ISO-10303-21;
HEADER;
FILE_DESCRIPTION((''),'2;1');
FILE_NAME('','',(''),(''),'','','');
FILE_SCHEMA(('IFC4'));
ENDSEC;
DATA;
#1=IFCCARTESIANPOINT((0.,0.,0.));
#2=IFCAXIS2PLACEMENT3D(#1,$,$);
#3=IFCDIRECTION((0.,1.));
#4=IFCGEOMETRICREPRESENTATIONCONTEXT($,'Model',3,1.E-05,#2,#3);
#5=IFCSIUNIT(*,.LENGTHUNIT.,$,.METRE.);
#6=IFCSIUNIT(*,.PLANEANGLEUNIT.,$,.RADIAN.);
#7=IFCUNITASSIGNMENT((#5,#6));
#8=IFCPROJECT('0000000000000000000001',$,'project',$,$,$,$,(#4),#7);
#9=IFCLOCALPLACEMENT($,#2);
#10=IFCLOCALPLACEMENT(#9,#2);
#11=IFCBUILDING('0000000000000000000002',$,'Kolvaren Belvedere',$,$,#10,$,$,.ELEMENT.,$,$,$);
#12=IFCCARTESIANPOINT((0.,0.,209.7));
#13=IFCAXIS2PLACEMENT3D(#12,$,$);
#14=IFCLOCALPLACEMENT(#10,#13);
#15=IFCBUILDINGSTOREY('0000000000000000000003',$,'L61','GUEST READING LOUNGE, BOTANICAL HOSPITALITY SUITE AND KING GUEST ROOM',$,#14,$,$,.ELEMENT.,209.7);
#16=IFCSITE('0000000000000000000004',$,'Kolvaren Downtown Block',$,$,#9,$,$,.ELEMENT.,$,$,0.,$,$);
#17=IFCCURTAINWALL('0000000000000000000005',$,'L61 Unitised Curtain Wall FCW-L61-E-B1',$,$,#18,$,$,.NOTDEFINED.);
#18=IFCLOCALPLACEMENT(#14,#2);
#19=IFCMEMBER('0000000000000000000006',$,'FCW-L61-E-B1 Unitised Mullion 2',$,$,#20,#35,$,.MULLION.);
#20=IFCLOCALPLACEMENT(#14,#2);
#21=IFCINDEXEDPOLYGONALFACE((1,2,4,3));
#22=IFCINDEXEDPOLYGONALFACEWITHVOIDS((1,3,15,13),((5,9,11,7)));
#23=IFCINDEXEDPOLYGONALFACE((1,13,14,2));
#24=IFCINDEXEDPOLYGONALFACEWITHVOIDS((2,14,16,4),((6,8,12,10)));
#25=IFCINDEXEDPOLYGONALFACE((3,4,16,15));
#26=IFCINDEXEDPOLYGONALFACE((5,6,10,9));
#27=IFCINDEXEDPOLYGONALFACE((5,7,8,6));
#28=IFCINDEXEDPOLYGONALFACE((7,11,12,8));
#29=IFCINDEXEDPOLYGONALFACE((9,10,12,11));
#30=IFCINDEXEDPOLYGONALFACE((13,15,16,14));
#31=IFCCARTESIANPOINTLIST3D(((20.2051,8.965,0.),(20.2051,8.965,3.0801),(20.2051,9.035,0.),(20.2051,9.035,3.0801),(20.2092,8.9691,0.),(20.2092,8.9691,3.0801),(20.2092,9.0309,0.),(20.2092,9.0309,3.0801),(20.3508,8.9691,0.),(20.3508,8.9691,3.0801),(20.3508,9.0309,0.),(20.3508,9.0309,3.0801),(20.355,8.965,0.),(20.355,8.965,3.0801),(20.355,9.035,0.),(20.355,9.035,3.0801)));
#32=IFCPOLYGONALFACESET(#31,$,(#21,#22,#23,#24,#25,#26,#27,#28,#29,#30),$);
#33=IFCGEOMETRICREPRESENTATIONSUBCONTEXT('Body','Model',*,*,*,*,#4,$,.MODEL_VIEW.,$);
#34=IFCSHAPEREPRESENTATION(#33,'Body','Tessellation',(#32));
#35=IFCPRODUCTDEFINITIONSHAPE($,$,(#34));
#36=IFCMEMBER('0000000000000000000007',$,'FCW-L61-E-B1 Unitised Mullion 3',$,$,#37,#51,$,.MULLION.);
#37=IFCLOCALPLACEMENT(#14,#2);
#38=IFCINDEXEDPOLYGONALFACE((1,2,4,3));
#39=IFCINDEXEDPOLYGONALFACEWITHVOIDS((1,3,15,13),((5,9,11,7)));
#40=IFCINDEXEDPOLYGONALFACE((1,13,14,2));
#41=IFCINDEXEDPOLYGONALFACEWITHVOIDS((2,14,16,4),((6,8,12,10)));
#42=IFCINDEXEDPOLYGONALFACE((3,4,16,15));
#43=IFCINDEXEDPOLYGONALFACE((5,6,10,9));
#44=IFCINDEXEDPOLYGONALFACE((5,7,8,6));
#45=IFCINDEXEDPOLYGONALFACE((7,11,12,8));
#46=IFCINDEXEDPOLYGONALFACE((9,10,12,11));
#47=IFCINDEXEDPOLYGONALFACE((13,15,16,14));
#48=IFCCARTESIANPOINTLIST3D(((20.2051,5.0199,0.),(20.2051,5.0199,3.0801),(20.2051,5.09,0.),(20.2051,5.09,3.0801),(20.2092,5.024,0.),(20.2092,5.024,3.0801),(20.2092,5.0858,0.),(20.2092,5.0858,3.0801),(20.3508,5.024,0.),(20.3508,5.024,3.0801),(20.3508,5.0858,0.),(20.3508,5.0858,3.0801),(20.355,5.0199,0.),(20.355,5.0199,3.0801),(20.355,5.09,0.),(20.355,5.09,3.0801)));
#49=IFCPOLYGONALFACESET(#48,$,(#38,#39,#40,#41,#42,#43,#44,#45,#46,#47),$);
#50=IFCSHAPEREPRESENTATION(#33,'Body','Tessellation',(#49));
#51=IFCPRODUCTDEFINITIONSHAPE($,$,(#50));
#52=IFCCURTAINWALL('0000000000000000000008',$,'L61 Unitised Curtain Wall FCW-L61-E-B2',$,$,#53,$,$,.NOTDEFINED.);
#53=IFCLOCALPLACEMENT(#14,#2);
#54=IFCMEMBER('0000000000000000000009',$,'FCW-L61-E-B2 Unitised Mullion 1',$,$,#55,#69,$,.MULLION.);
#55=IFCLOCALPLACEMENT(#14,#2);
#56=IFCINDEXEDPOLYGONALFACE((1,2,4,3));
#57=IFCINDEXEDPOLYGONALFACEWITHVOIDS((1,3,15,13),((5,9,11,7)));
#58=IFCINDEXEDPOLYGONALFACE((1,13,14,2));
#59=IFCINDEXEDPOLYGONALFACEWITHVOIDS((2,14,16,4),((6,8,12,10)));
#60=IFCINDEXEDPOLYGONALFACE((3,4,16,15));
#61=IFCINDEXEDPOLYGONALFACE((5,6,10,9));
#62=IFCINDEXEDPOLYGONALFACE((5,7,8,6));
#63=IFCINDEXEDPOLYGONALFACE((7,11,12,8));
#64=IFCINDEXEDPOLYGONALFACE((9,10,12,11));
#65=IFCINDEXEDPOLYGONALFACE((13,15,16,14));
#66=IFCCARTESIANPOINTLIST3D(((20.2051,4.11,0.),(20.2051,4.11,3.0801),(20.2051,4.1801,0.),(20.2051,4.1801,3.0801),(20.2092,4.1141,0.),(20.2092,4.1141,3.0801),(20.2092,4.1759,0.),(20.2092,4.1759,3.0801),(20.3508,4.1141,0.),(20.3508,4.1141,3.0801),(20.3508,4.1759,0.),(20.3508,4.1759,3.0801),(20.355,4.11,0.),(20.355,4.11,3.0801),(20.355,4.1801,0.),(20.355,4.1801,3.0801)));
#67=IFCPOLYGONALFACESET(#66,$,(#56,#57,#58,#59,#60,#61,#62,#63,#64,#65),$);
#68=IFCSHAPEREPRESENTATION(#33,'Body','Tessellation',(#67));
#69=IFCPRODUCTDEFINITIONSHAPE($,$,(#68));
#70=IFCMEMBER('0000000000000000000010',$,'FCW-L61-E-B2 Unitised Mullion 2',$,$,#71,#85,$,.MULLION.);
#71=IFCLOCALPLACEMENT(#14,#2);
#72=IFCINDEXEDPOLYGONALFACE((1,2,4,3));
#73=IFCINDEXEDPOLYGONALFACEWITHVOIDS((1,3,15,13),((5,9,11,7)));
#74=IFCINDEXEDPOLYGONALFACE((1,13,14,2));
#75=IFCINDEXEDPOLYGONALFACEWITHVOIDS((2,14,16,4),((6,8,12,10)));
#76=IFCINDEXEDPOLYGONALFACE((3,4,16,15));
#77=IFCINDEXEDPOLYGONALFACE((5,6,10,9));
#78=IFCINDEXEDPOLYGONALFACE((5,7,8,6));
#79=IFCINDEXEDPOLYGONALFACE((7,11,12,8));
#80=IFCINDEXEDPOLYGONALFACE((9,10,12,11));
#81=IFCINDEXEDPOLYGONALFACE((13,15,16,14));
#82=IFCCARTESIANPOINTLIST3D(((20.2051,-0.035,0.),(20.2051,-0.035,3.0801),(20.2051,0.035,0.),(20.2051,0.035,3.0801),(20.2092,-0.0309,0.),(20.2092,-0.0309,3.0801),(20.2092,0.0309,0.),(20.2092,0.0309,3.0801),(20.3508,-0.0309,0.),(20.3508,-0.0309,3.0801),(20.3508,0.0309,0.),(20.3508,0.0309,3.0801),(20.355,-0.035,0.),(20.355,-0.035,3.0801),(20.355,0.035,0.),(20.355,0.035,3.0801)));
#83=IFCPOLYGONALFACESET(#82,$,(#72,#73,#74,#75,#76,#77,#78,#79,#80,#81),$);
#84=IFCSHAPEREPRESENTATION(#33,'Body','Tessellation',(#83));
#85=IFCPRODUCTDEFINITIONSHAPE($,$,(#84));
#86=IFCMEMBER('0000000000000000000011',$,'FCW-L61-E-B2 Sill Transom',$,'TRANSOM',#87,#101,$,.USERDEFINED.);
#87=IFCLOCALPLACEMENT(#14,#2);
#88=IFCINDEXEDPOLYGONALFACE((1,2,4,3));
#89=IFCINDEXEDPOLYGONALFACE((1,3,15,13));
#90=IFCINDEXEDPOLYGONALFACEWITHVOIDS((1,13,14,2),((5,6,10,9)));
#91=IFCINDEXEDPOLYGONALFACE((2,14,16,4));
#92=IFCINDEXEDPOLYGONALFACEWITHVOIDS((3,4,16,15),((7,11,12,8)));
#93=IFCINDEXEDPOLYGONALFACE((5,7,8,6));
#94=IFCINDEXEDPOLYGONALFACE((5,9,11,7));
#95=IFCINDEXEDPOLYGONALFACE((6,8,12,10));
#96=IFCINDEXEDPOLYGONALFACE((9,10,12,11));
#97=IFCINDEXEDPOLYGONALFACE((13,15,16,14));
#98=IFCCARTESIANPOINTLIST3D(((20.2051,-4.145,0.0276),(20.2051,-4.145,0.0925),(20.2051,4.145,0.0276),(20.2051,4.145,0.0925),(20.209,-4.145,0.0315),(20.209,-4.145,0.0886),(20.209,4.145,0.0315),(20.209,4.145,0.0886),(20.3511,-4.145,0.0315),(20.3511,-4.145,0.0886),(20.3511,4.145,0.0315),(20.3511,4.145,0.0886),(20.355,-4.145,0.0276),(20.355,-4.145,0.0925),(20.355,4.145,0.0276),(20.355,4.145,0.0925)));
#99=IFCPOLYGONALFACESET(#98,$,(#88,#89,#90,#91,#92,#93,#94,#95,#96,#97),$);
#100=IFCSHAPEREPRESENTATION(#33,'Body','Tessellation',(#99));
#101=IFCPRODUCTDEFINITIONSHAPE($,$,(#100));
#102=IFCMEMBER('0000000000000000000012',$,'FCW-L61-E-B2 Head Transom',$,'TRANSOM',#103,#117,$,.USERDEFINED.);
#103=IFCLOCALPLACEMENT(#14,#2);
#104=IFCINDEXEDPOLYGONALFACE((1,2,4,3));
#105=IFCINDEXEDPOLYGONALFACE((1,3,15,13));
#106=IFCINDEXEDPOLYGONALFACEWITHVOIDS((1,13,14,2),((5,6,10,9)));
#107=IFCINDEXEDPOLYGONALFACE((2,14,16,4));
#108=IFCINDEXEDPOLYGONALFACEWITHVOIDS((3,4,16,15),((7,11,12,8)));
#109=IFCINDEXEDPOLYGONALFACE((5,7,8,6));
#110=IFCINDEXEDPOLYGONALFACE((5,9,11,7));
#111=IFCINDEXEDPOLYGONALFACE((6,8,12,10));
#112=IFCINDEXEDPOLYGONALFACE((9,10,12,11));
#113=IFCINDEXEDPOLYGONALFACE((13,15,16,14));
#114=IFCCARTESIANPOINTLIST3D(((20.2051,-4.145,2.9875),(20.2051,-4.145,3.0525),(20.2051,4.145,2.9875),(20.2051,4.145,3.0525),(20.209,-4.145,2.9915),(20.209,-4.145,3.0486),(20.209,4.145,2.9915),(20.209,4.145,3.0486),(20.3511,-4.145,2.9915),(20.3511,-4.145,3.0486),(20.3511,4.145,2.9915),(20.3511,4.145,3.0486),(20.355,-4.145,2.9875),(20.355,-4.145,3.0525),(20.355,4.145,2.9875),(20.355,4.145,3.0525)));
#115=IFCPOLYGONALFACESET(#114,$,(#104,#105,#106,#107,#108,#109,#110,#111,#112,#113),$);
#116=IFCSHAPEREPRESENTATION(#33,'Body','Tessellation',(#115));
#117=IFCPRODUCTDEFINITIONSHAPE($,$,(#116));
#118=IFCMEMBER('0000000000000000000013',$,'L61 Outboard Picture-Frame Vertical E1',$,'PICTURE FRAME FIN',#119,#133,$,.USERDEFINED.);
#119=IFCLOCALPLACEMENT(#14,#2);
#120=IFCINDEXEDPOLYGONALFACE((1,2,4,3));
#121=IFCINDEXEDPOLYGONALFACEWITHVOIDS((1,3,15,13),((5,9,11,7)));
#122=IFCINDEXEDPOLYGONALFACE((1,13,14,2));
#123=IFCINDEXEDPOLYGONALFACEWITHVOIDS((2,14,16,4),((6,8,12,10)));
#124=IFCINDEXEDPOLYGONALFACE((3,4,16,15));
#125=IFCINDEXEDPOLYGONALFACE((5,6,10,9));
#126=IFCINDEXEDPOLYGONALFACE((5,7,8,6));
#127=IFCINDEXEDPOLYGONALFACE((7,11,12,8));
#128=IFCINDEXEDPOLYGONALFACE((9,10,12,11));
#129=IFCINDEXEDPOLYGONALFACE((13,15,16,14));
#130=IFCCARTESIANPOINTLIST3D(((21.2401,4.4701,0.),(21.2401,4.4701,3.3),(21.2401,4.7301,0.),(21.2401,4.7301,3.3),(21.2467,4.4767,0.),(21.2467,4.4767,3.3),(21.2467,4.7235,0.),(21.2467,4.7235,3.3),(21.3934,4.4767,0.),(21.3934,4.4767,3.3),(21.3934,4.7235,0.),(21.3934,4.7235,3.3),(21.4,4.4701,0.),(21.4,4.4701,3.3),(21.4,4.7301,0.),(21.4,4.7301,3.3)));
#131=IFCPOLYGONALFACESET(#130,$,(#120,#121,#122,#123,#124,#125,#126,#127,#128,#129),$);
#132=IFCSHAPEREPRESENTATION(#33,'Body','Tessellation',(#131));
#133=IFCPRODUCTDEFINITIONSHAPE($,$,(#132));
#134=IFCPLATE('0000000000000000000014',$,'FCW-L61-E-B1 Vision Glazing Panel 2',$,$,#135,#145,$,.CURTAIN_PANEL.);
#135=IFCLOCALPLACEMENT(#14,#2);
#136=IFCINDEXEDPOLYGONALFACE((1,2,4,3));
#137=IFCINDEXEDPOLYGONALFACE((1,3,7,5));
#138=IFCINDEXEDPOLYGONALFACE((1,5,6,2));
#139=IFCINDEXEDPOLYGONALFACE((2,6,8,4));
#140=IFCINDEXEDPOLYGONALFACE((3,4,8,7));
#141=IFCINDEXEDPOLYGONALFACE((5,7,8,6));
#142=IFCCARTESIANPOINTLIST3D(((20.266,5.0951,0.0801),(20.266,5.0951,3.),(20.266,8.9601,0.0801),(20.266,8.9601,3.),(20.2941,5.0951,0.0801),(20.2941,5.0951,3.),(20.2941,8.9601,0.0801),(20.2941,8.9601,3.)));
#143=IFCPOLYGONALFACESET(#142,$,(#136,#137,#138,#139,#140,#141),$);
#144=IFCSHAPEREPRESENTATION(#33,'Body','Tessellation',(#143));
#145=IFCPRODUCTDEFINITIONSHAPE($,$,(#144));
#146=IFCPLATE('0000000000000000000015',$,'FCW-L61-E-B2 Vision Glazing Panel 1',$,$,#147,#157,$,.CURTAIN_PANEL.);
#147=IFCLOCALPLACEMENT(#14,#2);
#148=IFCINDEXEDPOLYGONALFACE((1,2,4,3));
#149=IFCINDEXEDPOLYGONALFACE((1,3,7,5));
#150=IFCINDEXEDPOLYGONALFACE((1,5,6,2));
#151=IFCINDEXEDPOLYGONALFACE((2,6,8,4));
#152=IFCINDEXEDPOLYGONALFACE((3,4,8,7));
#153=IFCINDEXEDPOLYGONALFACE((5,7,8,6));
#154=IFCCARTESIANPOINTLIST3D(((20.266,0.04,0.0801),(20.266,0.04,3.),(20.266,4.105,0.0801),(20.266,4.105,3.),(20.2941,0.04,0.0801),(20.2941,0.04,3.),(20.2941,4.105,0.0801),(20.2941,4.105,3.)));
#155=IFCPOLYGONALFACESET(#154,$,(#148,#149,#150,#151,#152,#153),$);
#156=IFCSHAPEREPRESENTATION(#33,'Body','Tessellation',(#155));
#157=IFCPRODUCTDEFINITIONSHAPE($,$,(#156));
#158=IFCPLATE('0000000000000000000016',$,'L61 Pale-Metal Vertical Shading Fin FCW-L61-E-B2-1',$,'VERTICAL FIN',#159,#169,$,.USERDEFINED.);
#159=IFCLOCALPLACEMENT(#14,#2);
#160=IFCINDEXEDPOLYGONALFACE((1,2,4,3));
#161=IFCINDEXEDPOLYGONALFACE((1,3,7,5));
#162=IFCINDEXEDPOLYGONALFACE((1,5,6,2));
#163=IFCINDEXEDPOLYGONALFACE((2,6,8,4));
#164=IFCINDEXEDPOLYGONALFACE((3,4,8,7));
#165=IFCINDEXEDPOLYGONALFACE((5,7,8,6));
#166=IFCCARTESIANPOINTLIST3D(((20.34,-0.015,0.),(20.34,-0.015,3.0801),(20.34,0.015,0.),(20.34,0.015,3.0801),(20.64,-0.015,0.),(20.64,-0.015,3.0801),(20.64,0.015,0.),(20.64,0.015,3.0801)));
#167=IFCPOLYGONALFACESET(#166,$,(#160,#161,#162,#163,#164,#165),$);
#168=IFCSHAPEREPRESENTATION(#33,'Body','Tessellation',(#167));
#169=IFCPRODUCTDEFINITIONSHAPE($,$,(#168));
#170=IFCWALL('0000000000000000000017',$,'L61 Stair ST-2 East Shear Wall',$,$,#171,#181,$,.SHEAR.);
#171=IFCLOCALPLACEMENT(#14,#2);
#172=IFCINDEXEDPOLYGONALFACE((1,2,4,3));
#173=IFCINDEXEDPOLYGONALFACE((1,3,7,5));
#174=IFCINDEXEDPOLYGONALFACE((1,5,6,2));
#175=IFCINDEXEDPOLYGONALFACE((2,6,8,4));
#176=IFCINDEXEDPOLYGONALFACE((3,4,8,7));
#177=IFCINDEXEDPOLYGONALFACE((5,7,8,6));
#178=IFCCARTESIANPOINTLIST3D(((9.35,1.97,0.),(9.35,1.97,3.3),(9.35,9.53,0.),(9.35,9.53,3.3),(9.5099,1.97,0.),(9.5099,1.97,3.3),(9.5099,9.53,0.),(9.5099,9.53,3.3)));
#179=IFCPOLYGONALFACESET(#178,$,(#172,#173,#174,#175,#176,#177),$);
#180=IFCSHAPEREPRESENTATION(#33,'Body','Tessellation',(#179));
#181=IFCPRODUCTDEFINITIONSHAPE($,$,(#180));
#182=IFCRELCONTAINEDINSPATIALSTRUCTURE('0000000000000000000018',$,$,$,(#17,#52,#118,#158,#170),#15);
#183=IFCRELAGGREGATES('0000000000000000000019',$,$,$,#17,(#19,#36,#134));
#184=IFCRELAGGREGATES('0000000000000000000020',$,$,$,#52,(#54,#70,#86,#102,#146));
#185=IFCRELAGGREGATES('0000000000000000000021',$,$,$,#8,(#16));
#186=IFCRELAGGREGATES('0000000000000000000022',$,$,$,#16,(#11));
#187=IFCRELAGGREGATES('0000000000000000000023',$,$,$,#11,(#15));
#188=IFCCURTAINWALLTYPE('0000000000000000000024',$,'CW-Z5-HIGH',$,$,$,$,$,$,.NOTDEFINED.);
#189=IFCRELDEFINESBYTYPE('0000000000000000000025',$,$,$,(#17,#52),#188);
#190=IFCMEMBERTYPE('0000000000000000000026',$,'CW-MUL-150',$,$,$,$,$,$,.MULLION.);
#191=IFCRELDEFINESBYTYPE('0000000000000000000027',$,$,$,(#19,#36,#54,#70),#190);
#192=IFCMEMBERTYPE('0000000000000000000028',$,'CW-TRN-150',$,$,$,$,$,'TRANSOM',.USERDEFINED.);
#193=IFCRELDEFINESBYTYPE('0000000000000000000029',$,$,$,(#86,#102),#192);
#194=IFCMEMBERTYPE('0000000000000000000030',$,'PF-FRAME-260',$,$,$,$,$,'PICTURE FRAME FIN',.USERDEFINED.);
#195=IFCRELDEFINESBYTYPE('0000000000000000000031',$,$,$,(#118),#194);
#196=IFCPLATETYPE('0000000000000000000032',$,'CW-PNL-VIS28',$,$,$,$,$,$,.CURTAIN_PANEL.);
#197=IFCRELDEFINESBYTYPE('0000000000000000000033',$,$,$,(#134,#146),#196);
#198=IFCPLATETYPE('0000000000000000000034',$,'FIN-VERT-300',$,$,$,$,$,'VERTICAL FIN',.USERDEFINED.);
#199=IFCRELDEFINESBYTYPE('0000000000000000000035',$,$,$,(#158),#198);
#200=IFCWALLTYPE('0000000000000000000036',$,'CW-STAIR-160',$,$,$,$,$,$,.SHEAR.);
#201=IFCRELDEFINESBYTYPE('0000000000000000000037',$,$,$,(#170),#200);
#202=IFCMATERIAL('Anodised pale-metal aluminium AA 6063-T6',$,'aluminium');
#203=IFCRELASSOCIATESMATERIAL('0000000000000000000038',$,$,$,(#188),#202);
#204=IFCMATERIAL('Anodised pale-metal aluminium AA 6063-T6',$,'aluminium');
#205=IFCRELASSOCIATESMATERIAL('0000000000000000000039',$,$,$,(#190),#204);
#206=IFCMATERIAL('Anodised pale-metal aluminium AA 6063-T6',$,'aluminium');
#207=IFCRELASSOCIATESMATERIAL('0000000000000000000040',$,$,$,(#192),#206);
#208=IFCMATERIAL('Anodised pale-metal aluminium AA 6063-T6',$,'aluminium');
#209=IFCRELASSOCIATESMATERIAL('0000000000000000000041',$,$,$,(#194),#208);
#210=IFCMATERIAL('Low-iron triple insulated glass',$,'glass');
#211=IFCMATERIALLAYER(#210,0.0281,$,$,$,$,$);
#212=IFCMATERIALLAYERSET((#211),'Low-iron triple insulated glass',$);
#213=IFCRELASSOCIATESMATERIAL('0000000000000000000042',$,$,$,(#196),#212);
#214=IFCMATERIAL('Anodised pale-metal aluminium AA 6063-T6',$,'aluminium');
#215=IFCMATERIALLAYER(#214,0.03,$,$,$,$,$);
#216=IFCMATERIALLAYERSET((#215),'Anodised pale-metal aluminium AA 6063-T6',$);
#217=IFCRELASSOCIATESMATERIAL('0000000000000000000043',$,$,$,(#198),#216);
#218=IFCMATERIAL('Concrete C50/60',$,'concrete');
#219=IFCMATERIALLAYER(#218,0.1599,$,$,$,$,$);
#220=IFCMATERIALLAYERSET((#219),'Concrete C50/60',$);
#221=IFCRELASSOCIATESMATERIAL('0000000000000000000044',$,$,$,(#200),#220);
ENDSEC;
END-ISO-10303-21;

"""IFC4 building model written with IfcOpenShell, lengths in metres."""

from ifc_helpers import new_model, si_unit, direction, frame, frame_2d, origin, origin_2d, place, context, subcontext, project, spatial, rectangle, hollow_rectangle, extrude, material, layer, layer_set, material_profile, profile_set, type_object, element, aggregate, save


model = new_model("IFC4")

# Units and contexts
model_context = context("Model", 3, precision=1e-05, world=origin(), true_north=direction((0.0, 1.0)))
body_context = subcontext(model_context, "Body", "Model", "MODEL_VIEW")
ifc_project = project(units=[si_unit("LENGTHUNIT", "METRE"), si_unit("PLANEANGLEUNIT", "RADIAN")], contexts=[model_context])

# Site, building, storey
site_placement = place(None, origin())
site = spatial("IfcSite", under=ifc_project, at=site_placement, Name="Kolvaren Downtown Block", CompositionType="ELEMENT", RefElevation=0.0)
building_placement = place(site_placement, origin())
building = spatial("IfcBuilding", under=site, at=building_placement, Name="Kolvaren Belvedere", CompositionType="ELEMENT")
storey_placement = place(building_placement, frame((0.0, 0.0, 209.7)))
storey = spatial("IfcBuildingStorey", under=building, at=storey_placement, Name="L61", Description="GUEST READING LOUNGE, BOTANICAL HOSPITALITY SUITE AND KING GUEST ROOM", CompositionType="ELEMENT", Elevation=209.7)

# Curtain walls, members
ifc_material_1 = material(Name="Anodised pale-metal aluminium AA 6063-T6", Category="aluminium")
curtain_wall_type = type_object("IfcCurtainWallType", Name="CW-Z5-HIGH", PredefinedType="NOTDEFINED", material=ifc_material_1)
curtain_wall_1_placement = place(storey_placement, origin())
curtain_wall_1 = element("IfcCurtainWall", 1, at=curtain_wall_1_placement, inside=storey, type_object=curtain_wall_type, Name="L61 Unitised Curtain Wall FCW-L61-E-B1", PredefinedType="NOTDEFINED")
ifc_material_2 = material(Name="Anodised pale-metal aluminium AA 6063-T6", Category="aluminium")
ifc_material_profile_1 = material_profile(ifc_material_2, hollow_rectangle(XDim=0.0701, YDim=0.1499, WallThickness=0.0042, at=origin_2d()), Name="ALU-MUL-150X70")
ifc_profile_set_1 = profile_set([ifc_material_profile_1], Name="Anodised pale-metal aluminium AA 6063-T6")
member_type_1 = type_object("IfcMemberType", Name="CW-MUL-150", PredefinedType="MULLION", material=ifc_profile_set_1)
member_1_placement = place(storey_placement, frame((20.28, 9.0, 0.0), z_axis=(0.0, 0.0, 1.0), x_axis=(0.0, 1.0, 0.0)))
member_1 = element("IfcMember", 2, at=member_1_placement, type_object=member_type_1, Name="FCW-L61-E-B1 Unitised Mullion 2", PredefinedType="MULLION", context=body_context, shape_type="SweptSolid", body=[
    extrude(hollow_rectangle(XDim=0.0701, YDim=0.1499, WallThickness=0.0042, at=origin_2d()), origin(), (0.0, 0.0, 1.0), 3.0801),
])
member_2_placement = place(storey_placement, frame((20.28, 5.0549, 0.0), z_axis=(0.0, 0.0, 1.0), x_axis=(0.0, 1.0, 0.0)))
member_2 = element("IfcMember", 3, at=member_2_placement, type_object=member_type_1, Name="FCW-L61-E-B1 Unitised Mullion 3", PredefinedType="MULLION", context=body_context, shape_type="SweptSolid", body=[
    extrude(hollow_rectangle(XDim=0.0701, YDim=0.1499, WallThickness=0.0042, at=origin_2d()), origin(), (0.0, 0.0, 1.0), 3.0801),
])
curtain_wall_2_placement = place(storey_placement, origin())
curtain_wall_2 = element("IfcCurtainWall", 4, at=curtain_wall_2_placement, inside=storey, type_object=curtain_wall_type, Name="L61 Unitised Curtain Wall FCW-L61-E-B2", PredefinedType="NOTDEFINED")
member_3_placement = place(storey_placement, frame((20.28, 4.145, 0.0), z_axis=(0.0, 0.0, 1.0), x_axis=(0.0, 1.0, 0.0)))
member_3 = element("IfcMember", 5, at=member_3_placement, type_object=member_type_1, Name="FCW-L61-E-B2 Unitised Mullion 1", PredefinedType="MULLION", context=body_context, shape_type="SweptSolid", body=[
    extrude(hollow_rectangle(XDim=0.0701, YDim=0.1499, WallThickness=0.0042, at=origin_2d()), origin(), (0.0, 0.0, 1.0), 3.0801),
])
member_4_placement = place(storey_placement, frame((20.28, 0.0, 0.0), z_axis=(0.0, 0.0, 1.0), x_axis=(0.0, 1.0, 0.0)))
member_4 = element("IfcMember", 6, at=member_4_placement, type_object=member_type_1, Name="FCW-L61-E-B2 Unitised Mullion 2", PredefinedType="MULLION", context=body_context, shape_type="SweptSolid", body=[
    extrude(hollow_rectangle(XDim=0.0701, YDim=0.1499, WallThickness=0.0042, at=origin_2d()), origin(), (0.0, 0.0, 1.0), 3.0801),
])
ifc_material_3 = material(Name="Anodised pale-metal aluminium AA 6063-T6", Category="aluminium")
ifc_material_profile_2 = material_profile(ifc_material_3, hollow_rectangle(XDim=0.0649, YDim=0.1499, WallThickness=0.0039, at=origin_2d()), Name="ALU-TRN-150X65")
ifc_profile_set_2 = profile_set([ifc_material_profile_2], Name="Anodised pale-metal aluminium AA 6063-T6")
member_type_2 = type_object("IfcMemberType", Name="CW-TRN-150", ElementType="TRANSOM", PredefinedType="USERDEFINED", material=ifc_profile_set_2)
member_5_placement = place(storey_placement, frame((20.28, 4.145, 0.0601), z_axis=(0.0, -1.0, 0.0), x_axis=(0.0, 0.0, 1.0)))
member_5 = element("IfcMember", 7, at=member_5_placement, type_object=member_type_2, Name="FCW-L61-E-B2 Sill Transom", ObjectType="TRANSOM", PredefinedType="USERDEFINED", context=body_context, shape_type="SweptSolid", body=[
    extrude(hollow_rectangle(XDim=0.0649, YDim=0.1499, WallThickness=0.0039, at=origin_2d()), origin(), (0.0, 0.0, 1.0), 8.29),
])
member_6_placement = place(storey_placement, frame((20.28, 4.145, 3.02), z_axis=(0.0, -1.0, 0.0), x_axis=(0.0, 0.0, 1.0)))
member_6 = element("IfcMember", 8, at=member_6_placement, type_object=member_type_2, Name="FCW-L61-E-B2 Head Transom", ObjectType="TRANSOM", PredefinedType="USERDEFINED", context=body_context, shape_type="SweptSolid", body=[
    extrude(hollow_rectangle(XDim=0.0649, YDim=0.1499, WallThickness=0.0039, at=origin_2d()), origin(), (0.0, 0.0, 1.0), 8.29),
])

# Member
ifc_material_4 = material(Name="Anodised pale-metal aluminium AA 6063-T6", Category="aluminium")
ifc_material_profile_3 = material_profile(ifc_material_4, hollow_rectangle(XDim=0.1599, YDim=0.26, WallThickness=0.0066, at=origin_2d()), Name="ALU-PF-260X160")
ifc_profile_set_3 = profile_set([ifc_material_profile_3], Name="Anodised pale-metal aluminium AA 6063-T6")
member_type_3 = type_object("IfcMemberType", Name="PF-FRAME-260", ElementType="PICTURE FRAME FIN", PredefinedType="USERDEFINED", material=ifc_profile_set_3)
member_7_placement = place(storey_placement, frame((21.3201, 4.6001, 0.0), z_axis=(0.0, 0.0, 1.0), x_axis=(1.0, 0.0, 0.0)))
element("IfcMember", 9, at=member_7_placement, inside=storey, type_object=member_type_3, Name="L61 Outboard Picture-Frame Vertical E1", ObjectType="PICTURE FRAME FIN", PredefinedType="USERDEFINED", context=body_context, shape_type="SweptSolid", body=[
    extrude(hollow_rectangle(XDim=0.1599, YDim=0.26, WallThickness=0.0066, at=origin_2d()), origin(), (0.0, 0.0, 1.0), 3.3),
])

# Plates
ifc_material_5 = material(Name="Low-iron triple insulated glass", Category="glass")
ifc_layer_1 = layer(ifc_material_5, 0.0281)
ifc_layer_set_1 = layer_set([ifc_layer_1], Name="Low-iron triple insulated glass")
plate_type_1 = type_object("IfcPlateType", Name="CW-PNL-VIS28", PredefinedType="CURTAIN_PANEL", material=ifc_layer_set_1)
plate_1_placement = place(storey_placement, frame((20.28, 7.0276, 0.0801), z_axis=(0.0, 0.0, 1.0), x_axis=(0.0, -1.0, 0.0)))
plate_1 = element("IfcPlate", 10, at=plate_1_placement, type_object=plate_type_1, Name="FCW-L61-E-B1 Vision Glazing Panel 2", PredefinedType="CURTAIN_PANEL", context=body_context, shape_type="SweptSolid", body=[
    extrude(rectangle(XDim=3.865, YDim=0.0281, at=origin_2d()), origin(), (0.0, 0.0, 1.0), 2.9199),
])
aggregate(curtain_wall_1, [member_1, member_2, plate_1])
plate_2_placement = place(storey_placement, frame((20.28, 2.0725, 0.0801), z_axis=(0.0, 0.0, 1.0), x_axis=(0.0, -1.0, 0.0)))
plate_2 = element("IfcPlate", 11, at=plate_2_placement, type_object=plate_type_1, Name="FCW-L61-E-B2 Vision Glazing Panel 1", PredefinedType="CURTAIN_PANEL", context=body_context, shape_type="SweptSolid", body=[
    extrude(rectangle(XDim=4.0649, YDim=0.0281, at=origin_2d()), origin(), (0.0, 0.0, 1.0), 2.9199),
])
aggregate(curtain_wall_2, [member_3, member_4, member_5, member_6, plate_2])
ifc_material_6 = material(Name="Anodised pale-metal aluminium AA 6063-T6", Category="aluminium")
ifc_layer_2 = layer(ifc_material_6, 0.03)
ifc_layer_set_2 = layer_set([ifc_layer_2], Name="Anodised pale-metal aluminium AA 6063-T6")
plate_type_2 = type_object("IfcPlateType", Name="FIN-VERT-300", ElementType="VERTICAL FIN", PredefinedType="USERDEFINED", material=ifc_layer_set_2)
plate_3_placement = place(storey_placement, frame((20.49, 0.0, 0.0), z_axis=(0.0, 0.0, 1.0), x_axis=(1.0, 0.0, 0.0)))
element("IfcPlate", 12, at=plate_3_placement, inside=storey, type_object=plate_type_2, Name="L61 Pale-Metal Vertical Shading Fin FCW-L61-E-B2-1", ObjectType="VERTICAL FIN", PredefinedType="USERDEFINED", context=body_context, shape_type="SweptSolid", body=[
    extrude(rectangle(XDim=0.3, YDim=0.03, at=origin_2d()), origin(), (0.0, 0.0, 1.0), 3.0801),
])

# Wall
ifc_material_7 = material(Name="Concrete C50/60", Category="concrete")
ifc_layer_3 = layer(ifc_material_7, 0.1599)
ifc_layer_set_3 = layer_set([ifc_layer_3], Name="Concrete C50/60")
wall_type_1 = type_object("IfcWallType", Name="CW-STAIR-160", PredefinedType="SHEAR", material=ifc_layer_set_3)
wall_1_placement = place(storey_placement, frame((9.4299, 1.97, 0.0), z_axis=(0.0, 0.0, 1.0), x_axis=(0.0, 1.0, 0.0)))
element("IfcWall", 13, at=wall_1_placement, inside=storey, type_object=wall_type_1, Name="L61 Stair ST-2 East Shear Wall", PredefinedType="SHEAR", context=body_context, shape_type="SweptSolid", body=[
    extrude(rectangle(XDim=7.5601, YDim=0.1599, at=frame_2d((3.78, 0.0))), origin(), (0.0, 0.0, 1.0), 3.3),
])

save(model, "model.ifc")
